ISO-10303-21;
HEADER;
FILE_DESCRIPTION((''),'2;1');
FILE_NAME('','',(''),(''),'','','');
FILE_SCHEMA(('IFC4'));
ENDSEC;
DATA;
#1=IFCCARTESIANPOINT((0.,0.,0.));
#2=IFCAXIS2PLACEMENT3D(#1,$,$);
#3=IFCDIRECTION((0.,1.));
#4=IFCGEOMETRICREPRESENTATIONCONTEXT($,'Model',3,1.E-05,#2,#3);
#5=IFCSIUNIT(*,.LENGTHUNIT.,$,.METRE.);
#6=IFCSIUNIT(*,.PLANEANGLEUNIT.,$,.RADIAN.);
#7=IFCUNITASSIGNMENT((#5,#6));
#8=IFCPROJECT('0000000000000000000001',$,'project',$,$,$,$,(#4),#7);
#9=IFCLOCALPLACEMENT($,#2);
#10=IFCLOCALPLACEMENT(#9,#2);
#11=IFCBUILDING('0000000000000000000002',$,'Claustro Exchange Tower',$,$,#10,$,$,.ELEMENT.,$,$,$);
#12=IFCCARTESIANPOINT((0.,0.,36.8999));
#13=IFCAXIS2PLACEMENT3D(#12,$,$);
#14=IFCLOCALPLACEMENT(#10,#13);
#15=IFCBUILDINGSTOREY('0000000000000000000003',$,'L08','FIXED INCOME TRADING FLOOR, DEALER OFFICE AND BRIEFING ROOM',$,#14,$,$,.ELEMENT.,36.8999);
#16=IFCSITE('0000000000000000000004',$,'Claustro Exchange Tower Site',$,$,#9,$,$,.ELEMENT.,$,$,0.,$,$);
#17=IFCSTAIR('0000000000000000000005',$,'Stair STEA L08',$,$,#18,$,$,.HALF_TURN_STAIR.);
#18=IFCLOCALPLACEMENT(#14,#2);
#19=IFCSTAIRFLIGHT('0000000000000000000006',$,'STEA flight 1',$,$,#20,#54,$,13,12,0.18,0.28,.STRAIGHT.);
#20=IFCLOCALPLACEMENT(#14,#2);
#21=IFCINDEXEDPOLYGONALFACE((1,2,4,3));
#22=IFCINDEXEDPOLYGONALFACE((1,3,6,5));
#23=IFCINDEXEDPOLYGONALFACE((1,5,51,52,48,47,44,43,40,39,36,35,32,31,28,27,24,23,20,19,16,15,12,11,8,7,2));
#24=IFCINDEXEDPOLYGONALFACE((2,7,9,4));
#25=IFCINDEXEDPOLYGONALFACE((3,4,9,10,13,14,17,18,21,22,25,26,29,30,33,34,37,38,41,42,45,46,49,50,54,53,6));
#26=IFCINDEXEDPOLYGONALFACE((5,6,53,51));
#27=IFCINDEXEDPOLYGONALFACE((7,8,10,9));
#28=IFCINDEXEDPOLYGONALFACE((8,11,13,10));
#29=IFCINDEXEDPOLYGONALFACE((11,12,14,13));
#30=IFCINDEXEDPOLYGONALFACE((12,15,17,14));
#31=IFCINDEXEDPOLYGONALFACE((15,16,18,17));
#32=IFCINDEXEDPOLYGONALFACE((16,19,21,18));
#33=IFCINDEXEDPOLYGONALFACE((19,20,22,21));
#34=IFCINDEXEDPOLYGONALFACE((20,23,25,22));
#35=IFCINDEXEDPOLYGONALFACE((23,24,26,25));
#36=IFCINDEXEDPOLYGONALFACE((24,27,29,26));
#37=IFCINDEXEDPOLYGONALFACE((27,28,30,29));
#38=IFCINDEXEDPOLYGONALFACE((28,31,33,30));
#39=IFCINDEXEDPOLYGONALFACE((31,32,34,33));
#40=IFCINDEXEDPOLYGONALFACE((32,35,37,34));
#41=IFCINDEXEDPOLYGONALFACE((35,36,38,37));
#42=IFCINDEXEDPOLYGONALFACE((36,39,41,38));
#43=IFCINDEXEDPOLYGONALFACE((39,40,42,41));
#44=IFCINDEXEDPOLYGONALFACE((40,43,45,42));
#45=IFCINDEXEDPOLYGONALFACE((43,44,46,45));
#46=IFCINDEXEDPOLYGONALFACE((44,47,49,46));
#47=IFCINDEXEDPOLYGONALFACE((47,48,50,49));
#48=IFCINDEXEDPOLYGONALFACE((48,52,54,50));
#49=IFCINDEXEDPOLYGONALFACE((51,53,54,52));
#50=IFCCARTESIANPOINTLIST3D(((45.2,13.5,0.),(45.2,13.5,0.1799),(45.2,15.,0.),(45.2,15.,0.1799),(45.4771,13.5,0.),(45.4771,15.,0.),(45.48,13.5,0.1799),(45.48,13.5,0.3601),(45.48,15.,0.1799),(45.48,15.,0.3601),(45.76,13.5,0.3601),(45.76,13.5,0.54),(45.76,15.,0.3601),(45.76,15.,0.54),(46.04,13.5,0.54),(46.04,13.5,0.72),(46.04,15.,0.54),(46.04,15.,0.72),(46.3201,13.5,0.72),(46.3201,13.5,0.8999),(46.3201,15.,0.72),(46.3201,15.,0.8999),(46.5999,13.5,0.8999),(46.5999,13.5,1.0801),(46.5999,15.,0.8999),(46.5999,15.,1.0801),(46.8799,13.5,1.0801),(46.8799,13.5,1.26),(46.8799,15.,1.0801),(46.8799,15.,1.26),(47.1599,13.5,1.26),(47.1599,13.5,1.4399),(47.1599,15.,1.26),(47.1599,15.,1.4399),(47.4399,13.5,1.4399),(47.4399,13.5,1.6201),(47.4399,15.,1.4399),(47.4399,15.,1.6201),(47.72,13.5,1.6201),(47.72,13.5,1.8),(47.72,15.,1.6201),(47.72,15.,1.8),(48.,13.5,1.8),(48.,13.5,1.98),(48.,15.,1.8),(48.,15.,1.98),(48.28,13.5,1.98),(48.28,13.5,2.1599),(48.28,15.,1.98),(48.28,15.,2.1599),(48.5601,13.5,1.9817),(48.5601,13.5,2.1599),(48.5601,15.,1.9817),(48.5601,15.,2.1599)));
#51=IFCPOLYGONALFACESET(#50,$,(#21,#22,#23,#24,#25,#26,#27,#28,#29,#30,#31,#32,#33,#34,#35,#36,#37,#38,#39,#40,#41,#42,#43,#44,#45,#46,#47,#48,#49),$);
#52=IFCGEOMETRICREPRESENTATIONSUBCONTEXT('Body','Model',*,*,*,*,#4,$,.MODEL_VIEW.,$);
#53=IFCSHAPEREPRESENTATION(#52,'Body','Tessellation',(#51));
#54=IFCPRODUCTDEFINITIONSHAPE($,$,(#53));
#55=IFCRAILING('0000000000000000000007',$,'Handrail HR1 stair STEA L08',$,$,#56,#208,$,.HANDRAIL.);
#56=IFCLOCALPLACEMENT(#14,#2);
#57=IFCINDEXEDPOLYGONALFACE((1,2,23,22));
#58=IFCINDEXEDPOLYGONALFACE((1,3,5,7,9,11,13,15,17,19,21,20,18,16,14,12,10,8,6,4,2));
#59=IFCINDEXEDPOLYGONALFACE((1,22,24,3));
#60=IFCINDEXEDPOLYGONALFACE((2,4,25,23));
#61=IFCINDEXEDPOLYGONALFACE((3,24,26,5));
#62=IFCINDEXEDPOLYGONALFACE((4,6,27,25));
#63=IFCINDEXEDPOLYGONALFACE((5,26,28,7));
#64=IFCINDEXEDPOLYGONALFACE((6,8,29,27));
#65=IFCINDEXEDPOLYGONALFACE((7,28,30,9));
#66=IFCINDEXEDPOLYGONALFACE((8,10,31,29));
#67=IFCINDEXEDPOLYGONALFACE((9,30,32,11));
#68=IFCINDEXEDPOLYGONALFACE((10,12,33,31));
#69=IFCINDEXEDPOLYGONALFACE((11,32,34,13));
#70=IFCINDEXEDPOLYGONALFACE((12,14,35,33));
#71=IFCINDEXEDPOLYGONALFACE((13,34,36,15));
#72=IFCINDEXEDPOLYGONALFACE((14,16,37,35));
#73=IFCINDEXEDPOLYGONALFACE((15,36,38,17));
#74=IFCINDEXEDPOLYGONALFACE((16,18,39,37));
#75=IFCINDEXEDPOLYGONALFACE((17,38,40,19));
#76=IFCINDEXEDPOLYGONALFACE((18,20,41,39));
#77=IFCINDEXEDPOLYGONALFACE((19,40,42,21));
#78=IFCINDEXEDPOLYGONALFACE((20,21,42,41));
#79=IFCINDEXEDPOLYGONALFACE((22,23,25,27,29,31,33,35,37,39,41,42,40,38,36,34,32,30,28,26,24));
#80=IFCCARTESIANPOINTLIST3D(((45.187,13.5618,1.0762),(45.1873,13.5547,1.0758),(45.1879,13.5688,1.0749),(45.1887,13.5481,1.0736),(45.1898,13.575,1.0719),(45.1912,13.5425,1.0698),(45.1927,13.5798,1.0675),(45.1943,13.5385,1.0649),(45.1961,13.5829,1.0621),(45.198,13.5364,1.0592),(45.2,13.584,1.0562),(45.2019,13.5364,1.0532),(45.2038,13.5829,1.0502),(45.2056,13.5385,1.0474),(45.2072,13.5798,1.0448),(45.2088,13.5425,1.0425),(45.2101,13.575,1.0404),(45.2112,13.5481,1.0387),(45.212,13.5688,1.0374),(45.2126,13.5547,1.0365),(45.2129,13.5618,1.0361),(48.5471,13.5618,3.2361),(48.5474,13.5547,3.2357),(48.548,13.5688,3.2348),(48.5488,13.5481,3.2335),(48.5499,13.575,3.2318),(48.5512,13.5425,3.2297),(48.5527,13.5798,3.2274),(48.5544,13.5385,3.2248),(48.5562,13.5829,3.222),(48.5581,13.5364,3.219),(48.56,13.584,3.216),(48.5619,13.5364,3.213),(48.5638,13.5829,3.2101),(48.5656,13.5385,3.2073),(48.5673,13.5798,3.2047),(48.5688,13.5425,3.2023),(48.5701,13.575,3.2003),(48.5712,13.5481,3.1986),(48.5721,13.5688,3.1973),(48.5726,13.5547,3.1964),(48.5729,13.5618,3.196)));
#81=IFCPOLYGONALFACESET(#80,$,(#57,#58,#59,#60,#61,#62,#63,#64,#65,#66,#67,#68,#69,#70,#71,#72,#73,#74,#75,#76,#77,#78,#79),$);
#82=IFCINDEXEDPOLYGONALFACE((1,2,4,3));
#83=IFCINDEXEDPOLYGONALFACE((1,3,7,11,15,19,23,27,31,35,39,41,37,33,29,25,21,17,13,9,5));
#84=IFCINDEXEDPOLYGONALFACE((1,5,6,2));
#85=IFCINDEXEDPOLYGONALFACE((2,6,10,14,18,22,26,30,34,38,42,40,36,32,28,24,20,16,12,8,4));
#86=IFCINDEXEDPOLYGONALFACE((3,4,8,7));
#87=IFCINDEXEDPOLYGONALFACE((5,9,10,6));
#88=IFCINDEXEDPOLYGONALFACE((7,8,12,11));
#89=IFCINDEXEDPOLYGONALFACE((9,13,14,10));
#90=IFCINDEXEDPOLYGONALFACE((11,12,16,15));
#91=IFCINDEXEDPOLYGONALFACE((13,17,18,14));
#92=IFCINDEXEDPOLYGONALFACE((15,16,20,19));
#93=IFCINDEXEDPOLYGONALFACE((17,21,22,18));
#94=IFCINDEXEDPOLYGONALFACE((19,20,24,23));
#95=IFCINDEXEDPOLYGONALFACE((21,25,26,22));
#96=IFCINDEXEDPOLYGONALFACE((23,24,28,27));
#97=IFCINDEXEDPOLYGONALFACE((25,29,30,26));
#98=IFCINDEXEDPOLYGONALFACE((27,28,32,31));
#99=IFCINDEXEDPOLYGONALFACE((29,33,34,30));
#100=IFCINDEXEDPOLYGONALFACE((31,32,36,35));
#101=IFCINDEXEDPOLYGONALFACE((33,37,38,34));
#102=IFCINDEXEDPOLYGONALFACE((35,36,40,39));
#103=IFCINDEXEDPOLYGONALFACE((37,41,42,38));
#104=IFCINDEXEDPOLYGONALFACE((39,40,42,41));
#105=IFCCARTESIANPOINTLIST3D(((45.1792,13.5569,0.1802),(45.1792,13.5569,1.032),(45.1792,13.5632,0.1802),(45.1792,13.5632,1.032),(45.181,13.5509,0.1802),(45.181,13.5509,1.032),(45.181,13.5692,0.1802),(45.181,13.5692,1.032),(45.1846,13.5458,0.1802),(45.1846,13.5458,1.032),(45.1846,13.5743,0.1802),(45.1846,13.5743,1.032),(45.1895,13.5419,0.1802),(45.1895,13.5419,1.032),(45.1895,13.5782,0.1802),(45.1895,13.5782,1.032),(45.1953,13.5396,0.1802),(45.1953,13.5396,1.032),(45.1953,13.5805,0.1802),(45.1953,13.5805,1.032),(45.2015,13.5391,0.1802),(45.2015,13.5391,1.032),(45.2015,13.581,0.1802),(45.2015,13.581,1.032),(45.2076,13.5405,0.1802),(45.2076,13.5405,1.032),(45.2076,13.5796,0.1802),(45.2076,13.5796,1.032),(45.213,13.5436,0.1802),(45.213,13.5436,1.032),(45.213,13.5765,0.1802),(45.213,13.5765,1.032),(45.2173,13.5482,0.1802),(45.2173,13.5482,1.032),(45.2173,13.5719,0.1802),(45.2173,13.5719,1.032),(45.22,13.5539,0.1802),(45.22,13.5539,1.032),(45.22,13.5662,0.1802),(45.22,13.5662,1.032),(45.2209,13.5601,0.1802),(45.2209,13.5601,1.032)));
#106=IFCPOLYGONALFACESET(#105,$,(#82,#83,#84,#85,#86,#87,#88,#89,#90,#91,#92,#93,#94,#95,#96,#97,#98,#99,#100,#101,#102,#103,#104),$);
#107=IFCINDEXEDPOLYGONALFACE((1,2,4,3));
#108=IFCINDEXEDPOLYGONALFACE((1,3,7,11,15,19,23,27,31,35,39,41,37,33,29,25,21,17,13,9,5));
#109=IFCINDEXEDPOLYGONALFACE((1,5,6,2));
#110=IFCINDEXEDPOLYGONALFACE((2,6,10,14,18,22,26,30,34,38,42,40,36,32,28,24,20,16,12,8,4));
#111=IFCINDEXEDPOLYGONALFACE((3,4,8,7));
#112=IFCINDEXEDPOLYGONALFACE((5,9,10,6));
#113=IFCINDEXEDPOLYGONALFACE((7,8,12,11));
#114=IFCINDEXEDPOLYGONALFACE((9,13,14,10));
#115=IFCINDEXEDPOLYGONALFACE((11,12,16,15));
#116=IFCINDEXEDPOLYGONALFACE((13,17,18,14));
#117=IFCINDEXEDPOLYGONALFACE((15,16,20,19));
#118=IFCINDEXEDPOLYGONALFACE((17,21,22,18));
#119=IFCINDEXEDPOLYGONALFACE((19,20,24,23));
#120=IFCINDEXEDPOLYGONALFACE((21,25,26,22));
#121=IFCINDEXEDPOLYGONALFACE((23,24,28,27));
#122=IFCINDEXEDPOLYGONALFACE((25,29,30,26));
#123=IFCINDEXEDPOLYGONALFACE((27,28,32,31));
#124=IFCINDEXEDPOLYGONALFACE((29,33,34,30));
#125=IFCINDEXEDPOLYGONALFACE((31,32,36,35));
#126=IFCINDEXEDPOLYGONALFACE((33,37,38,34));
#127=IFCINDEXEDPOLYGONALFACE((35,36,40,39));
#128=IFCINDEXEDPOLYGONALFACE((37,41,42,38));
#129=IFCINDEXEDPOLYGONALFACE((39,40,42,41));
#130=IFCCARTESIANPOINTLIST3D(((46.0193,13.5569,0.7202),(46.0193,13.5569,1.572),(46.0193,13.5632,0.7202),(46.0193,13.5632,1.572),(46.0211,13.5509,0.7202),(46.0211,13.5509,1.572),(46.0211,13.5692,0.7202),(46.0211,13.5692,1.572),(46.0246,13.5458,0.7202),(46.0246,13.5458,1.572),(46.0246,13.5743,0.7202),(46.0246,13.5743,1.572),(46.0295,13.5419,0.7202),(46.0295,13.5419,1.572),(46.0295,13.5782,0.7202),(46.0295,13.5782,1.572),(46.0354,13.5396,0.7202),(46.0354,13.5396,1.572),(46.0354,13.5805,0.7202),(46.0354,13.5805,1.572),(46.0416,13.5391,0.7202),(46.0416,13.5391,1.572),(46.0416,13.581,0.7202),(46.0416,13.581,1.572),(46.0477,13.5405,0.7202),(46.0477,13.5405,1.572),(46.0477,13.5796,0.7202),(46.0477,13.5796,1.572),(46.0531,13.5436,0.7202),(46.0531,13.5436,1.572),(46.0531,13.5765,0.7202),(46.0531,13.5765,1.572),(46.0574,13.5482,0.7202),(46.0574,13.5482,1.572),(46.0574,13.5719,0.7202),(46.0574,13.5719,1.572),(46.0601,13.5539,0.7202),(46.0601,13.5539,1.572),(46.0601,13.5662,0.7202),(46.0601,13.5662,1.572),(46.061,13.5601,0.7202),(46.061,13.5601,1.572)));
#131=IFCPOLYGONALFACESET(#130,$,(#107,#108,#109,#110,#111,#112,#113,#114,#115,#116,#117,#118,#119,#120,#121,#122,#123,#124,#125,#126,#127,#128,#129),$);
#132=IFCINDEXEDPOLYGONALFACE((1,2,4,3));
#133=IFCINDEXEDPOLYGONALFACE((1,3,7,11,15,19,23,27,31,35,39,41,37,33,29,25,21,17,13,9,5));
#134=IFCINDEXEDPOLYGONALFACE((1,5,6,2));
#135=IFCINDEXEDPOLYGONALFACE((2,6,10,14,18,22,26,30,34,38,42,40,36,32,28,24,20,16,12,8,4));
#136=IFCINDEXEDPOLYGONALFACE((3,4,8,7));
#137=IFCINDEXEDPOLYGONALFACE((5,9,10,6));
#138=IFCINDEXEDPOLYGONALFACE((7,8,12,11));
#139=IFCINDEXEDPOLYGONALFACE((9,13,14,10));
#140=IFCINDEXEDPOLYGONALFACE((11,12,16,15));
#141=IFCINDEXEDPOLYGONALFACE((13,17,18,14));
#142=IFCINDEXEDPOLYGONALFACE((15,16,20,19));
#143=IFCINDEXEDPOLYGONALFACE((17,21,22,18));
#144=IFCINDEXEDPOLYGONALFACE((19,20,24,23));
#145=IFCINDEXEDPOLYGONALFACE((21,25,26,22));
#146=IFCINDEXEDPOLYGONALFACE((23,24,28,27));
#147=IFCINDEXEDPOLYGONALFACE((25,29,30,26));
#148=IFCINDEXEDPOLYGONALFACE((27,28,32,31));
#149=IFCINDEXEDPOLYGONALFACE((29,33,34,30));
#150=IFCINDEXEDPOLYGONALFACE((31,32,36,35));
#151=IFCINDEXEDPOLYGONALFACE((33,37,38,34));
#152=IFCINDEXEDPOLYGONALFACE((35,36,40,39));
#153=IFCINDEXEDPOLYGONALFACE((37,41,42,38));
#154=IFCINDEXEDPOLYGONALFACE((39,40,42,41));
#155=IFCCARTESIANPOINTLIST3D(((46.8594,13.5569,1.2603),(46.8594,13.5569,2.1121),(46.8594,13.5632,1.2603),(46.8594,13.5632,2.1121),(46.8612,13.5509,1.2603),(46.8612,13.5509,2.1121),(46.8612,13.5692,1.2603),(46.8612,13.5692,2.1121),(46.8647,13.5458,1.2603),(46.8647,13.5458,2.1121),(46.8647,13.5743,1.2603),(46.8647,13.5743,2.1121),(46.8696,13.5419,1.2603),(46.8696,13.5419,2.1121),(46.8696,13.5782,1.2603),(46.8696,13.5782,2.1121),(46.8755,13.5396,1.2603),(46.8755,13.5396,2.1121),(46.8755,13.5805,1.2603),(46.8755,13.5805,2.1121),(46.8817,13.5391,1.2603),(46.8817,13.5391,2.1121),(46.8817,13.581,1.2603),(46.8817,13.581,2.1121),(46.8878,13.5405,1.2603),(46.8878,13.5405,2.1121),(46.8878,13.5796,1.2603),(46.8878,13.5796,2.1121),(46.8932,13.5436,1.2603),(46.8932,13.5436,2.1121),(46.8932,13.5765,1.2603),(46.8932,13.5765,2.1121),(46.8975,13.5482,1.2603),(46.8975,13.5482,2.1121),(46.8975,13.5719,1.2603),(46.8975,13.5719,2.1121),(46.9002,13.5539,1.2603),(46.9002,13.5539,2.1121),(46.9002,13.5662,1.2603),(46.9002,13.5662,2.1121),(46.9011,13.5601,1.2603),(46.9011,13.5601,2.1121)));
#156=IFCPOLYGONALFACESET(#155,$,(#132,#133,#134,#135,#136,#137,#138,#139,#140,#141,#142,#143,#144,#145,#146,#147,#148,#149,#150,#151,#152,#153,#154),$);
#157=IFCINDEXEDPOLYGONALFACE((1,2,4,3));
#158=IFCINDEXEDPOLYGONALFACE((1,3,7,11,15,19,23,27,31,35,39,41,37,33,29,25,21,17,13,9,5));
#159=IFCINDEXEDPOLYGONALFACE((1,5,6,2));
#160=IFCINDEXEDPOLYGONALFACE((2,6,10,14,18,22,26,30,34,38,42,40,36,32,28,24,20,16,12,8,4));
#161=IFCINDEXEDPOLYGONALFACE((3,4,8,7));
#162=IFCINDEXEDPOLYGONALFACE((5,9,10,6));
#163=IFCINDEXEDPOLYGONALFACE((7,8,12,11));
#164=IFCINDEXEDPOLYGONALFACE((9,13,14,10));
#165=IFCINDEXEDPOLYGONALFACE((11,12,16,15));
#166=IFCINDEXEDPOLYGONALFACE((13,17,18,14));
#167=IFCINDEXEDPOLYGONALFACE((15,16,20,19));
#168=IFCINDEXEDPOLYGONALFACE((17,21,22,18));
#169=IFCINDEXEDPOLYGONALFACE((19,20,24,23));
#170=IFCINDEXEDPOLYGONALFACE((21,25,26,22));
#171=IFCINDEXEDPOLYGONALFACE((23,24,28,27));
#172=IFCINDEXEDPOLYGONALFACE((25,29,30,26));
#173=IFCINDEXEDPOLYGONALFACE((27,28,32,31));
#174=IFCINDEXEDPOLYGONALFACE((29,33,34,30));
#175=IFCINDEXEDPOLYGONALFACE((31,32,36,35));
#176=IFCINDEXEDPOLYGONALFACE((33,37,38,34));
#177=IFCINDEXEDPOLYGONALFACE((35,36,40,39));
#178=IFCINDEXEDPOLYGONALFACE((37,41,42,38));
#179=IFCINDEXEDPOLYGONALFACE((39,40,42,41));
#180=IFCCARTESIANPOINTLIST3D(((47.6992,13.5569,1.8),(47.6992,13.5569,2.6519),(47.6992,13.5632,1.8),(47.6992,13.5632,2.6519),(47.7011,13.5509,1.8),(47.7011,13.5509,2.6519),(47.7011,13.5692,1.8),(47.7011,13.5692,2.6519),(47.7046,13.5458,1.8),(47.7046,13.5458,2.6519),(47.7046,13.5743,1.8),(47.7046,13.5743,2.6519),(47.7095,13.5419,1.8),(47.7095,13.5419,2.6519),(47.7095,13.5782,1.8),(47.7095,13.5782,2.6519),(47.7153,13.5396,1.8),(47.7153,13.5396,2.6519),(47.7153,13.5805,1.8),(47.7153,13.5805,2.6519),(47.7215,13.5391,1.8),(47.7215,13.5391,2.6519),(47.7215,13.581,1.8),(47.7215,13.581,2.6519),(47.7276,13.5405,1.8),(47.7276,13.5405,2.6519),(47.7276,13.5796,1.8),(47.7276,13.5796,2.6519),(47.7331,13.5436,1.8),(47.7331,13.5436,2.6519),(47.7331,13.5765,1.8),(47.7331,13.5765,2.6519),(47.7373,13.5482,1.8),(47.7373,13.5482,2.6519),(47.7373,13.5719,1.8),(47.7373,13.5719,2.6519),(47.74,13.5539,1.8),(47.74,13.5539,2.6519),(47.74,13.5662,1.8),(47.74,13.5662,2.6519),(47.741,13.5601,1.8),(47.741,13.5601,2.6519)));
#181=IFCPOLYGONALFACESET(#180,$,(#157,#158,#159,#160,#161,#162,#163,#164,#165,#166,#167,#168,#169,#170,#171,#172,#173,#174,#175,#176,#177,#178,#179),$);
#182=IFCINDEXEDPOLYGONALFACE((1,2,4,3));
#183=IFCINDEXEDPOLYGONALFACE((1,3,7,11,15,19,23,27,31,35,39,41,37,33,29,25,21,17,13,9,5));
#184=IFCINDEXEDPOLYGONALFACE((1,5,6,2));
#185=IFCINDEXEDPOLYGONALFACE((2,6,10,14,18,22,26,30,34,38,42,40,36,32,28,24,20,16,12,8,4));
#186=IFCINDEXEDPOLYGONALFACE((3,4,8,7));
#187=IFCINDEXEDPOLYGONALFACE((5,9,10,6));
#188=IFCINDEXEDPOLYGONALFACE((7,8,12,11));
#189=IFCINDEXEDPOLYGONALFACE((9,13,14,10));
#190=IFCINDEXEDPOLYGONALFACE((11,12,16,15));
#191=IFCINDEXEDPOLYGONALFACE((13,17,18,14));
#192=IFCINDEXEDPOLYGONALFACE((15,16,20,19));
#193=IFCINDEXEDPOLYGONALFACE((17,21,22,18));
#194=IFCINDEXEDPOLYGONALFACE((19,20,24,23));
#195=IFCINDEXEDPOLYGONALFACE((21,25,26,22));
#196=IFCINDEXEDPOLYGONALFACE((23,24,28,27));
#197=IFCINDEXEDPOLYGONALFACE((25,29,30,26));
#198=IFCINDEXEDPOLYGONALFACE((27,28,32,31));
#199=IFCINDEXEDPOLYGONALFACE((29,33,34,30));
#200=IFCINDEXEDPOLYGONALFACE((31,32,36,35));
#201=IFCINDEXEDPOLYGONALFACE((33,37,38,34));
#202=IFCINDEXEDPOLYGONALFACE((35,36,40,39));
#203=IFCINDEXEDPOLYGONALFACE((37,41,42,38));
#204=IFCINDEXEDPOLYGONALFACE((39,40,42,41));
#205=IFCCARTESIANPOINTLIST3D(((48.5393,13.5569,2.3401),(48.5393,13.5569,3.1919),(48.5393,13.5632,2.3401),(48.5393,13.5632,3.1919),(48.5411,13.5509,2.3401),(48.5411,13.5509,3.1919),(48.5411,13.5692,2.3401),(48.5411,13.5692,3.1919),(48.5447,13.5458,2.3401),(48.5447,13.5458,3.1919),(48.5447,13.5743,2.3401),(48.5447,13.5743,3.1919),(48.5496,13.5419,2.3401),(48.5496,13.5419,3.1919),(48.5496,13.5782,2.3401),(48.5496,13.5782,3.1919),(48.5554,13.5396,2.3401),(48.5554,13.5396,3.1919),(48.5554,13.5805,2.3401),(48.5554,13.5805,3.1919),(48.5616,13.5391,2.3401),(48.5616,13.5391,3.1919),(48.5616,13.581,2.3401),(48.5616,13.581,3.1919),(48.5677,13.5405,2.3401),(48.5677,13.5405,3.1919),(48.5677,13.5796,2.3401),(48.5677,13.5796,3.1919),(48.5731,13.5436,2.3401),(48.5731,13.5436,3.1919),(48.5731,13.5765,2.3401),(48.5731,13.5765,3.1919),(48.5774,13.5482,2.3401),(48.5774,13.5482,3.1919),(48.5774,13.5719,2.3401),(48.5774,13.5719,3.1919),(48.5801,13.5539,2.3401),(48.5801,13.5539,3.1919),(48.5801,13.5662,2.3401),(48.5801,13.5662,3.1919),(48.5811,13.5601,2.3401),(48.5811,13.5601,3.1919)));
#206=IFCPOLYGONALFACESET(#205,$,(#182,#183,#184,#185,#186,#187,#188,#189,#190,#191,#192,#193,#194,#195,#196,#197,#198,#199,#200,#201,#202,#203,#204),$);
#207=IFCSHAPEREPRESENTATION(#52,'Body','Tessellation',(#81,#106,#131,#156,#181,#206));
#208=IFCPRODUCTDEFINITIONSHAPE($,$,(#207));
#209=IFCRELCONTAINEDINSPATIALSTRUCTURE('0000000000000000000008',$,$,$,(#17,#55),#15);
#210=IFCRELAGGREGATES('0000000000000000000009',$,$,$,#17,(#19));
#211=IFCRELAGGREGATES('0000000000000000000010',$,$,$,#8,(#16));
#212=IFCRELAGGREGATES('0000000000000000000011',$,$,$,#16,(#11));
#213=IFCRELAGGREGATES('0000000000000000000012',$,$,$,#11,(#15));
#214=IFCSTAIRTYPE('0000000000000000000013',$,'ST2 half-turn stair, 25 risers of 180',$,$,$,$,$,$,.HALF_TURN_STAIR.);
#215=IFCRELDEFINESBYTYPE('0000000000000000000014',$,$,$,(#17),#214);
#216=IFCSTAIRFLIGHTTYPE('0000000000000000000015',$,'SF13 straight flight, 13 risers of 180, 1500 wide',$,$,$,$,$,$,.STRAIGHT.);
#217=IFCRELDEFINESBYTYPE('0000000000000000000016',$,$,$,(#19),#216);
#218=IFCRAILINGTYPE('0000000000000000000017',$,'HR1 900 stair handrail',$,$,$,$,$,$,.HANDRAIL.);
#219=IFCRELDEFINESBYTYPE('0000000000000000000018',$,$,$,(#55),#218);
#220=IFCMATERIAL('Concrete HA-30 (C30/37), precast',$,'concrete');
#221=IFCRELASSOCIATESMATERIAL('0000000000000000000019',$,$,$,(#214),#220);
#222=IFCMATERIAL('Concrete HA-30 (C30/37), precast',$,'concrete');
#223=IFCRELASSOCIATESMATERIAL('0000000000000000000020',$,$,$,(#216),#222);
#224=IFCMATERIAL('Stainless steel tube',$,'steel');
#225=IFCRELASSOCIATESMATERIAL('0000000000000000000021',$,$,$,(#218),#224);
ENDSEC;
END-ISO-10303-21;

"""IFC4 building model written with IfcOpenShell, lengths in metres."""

from ifc_helpers import new_model, si_unit, direction, frame, origin, origin_2d, place, context, subcontext, project, spatial, polyline, circle, outline, extrude, material, type_object, element, aggregate, save


model = new_model("IFC4")

# Units and contexts
model_context = context("Model", 3, precision=1e-05, world=origin(), true_north=direction((0.0, 1.0)))
body_context = subcontext(model_context, "Body", "Model", "MODEL_VIEW")
ifc_project = project(units=[si_unit("LENGTHUNIT", "METRE"), si_unit("PLANEANGLEUNIT", "RADIAN")], contexts=[model_context])

# Site, building, storey
site_placement = place(None, origin())
site = spatial("IfcSite", under=ifc_project, at=site_placement, Name="Claustro Exchange Tower Site", CompositionType="ELEMENT", RefElevation=0.0)
building_placement = place(site_placement, origin())
building = spatial("IfcBuilding", under=site, at=building_placement, Name="Claustro Exchange Tower", CompositionType="ELEMENT")
storey_placement = place(building_placement, frame((0.0, 0.0, 36.8999)))
storey = spatial("IfcBuildingStorey", under=building, at=storey_placement, Name="L08", Description="FIXED INCOME TRADING FLOOR, DEALER OFFICE AND BRIEFING ROOM", CompositionType="ELEMENT", Elevation=36.8999)

# Stair, stair flight
ifc_material_1 = material(Name="Concrete HA-30 (C30/37), precast", Category="concrete")
stair_type = type_object("IfcStairType", Name="ST2 half-turn stair, 25 risers of 180", PredefinedType="HALF_TURN_STAIR", material=ifc_material_1)
stair_placement = place(storey_placement, origin())
stair = element("IfcStair", 1, at=stair_placement, inside=storey, type_object=stair_type, Name="Stair STEA L08", PredefinedType="HALF_TURN_STAIR")
ifc_material_2 = material(Name="Concrete HA-30 (C30/37), precast", Category="concrete")
stair_flight_type = type_object("IfcStairFlightType", Name="SF13 straight flight, 13 risers of 180, 1500 wide", PredefinedType="STRAIGHT", material=ifc_material_2)
stair_flight_placement = place(storey_placement, frame((45.2, 14.25, 0.0), z_axis=(0.0, 0.0, 1.0), x_axis=(1.0, 0.0, 0.0)))
stair_flight = element("IfcStairFlight", 2, at=stair_flight_placement, type_object=stair_flight_type, Name="STEA flight 1", NumberOfRisers=13, NumberOfTreads=12, PredefinedType="STRAIGHT", RiserHeight=0.18, TreadLength=0.28, context=body_context, shape_type="SweptSolid", body=[
    extrude(outline(polyline([(0.0, 0.0), (0.0, 0.1799), (0.28, 0.1799), (0.28, 0.3601), (0.5601, 0.3601), (0.5601, 0.54), (0.8401, 0.54), (0.8401, 0.72), (1.1201, 0.72), (1.1201, 0.8999), (1.3999, 0.8999), (1.3999, 1.0801), (1.6799, 1.0801), (1.6799, 1.26), (1.96, 1.26), (1.96, 1.4399), (2.24, 1.4399), (2.24, 1.6201), (2.52, 1.6201), (2.52, 1.8), (2.8, 1.8), (2.8, 1.98), (3.0801, 1.98), (3.0801, 2.1599), (3.3601, 2.1599), (3.3601, 2.3401), (3.3601, 1.9817), (0.2771, 0.0), (0.0, 0.0)])), frame((0.0, 0.75, 0.0), z_axis=(0.0, -1.0, 0.0), x_axis=(1.0, 0.0, 0.0)), (0.0, 0.0, 1.0), 1.5),
])
aggregate(stair, [stair_flight])

# Railing
ifc_material_3 = material(Name="Stainless steel tube", Category="steel")
railing_type = type_object("IfcRailingType", Name="HR1 900 stair handrail", PredefinedType="HANDRAIL", material=ifc_material_3)
railing_placement = place(storey_placement, frame((45.2, 13.5601, 0.1802)))
element("IfcRailing", 3, at=railing_placement, inside=storey, type_object=railing_type, Name="Handrail HR1 stair STEA L08", PredefinedType="HANDRAIL", context=body_context, shape_type="SweptSolid", body=[
    extrude(circle(Radius=0.0239, at=origin_2d()), frame((0.0, 0.0, 0.876), z_axis=(0.841196, 0.0, 0.54073), x_axis=(0.0, 1.0, 0.0)), (0.0, 0.0, 1.0), 3.9944),
    extrude(circle(Radius=0.021, at=origin_2d()), origin(), (0.0, 0.0, 1.0), 0.8518),
    extrude(circle(Radius=0.021, at=origin_2d()), frame((0.8401, 0.0, 0.54)), (0.0, 0.0, 1.0), 0.8518),
    extrude(circle(Radius=0.021, at=origin_2d()), frame((1.6802, 0.0, 1.0801)), (0.0, 0.0, 1.0), 0.8518),
    extrude(circle(Radius=0.021, at=origin_2d()), frame((2.52, 0.0, 1.6199)), (0.0, 0.0, 1.0), 0.8518),
    extrude(circle(Radius=0.021, at=origin_2d()), frame((3.3601, 0.0, 2.1599)), (0.0, 0.0, 1.0), 0.8518),
])

save(model, "model.ifc")
